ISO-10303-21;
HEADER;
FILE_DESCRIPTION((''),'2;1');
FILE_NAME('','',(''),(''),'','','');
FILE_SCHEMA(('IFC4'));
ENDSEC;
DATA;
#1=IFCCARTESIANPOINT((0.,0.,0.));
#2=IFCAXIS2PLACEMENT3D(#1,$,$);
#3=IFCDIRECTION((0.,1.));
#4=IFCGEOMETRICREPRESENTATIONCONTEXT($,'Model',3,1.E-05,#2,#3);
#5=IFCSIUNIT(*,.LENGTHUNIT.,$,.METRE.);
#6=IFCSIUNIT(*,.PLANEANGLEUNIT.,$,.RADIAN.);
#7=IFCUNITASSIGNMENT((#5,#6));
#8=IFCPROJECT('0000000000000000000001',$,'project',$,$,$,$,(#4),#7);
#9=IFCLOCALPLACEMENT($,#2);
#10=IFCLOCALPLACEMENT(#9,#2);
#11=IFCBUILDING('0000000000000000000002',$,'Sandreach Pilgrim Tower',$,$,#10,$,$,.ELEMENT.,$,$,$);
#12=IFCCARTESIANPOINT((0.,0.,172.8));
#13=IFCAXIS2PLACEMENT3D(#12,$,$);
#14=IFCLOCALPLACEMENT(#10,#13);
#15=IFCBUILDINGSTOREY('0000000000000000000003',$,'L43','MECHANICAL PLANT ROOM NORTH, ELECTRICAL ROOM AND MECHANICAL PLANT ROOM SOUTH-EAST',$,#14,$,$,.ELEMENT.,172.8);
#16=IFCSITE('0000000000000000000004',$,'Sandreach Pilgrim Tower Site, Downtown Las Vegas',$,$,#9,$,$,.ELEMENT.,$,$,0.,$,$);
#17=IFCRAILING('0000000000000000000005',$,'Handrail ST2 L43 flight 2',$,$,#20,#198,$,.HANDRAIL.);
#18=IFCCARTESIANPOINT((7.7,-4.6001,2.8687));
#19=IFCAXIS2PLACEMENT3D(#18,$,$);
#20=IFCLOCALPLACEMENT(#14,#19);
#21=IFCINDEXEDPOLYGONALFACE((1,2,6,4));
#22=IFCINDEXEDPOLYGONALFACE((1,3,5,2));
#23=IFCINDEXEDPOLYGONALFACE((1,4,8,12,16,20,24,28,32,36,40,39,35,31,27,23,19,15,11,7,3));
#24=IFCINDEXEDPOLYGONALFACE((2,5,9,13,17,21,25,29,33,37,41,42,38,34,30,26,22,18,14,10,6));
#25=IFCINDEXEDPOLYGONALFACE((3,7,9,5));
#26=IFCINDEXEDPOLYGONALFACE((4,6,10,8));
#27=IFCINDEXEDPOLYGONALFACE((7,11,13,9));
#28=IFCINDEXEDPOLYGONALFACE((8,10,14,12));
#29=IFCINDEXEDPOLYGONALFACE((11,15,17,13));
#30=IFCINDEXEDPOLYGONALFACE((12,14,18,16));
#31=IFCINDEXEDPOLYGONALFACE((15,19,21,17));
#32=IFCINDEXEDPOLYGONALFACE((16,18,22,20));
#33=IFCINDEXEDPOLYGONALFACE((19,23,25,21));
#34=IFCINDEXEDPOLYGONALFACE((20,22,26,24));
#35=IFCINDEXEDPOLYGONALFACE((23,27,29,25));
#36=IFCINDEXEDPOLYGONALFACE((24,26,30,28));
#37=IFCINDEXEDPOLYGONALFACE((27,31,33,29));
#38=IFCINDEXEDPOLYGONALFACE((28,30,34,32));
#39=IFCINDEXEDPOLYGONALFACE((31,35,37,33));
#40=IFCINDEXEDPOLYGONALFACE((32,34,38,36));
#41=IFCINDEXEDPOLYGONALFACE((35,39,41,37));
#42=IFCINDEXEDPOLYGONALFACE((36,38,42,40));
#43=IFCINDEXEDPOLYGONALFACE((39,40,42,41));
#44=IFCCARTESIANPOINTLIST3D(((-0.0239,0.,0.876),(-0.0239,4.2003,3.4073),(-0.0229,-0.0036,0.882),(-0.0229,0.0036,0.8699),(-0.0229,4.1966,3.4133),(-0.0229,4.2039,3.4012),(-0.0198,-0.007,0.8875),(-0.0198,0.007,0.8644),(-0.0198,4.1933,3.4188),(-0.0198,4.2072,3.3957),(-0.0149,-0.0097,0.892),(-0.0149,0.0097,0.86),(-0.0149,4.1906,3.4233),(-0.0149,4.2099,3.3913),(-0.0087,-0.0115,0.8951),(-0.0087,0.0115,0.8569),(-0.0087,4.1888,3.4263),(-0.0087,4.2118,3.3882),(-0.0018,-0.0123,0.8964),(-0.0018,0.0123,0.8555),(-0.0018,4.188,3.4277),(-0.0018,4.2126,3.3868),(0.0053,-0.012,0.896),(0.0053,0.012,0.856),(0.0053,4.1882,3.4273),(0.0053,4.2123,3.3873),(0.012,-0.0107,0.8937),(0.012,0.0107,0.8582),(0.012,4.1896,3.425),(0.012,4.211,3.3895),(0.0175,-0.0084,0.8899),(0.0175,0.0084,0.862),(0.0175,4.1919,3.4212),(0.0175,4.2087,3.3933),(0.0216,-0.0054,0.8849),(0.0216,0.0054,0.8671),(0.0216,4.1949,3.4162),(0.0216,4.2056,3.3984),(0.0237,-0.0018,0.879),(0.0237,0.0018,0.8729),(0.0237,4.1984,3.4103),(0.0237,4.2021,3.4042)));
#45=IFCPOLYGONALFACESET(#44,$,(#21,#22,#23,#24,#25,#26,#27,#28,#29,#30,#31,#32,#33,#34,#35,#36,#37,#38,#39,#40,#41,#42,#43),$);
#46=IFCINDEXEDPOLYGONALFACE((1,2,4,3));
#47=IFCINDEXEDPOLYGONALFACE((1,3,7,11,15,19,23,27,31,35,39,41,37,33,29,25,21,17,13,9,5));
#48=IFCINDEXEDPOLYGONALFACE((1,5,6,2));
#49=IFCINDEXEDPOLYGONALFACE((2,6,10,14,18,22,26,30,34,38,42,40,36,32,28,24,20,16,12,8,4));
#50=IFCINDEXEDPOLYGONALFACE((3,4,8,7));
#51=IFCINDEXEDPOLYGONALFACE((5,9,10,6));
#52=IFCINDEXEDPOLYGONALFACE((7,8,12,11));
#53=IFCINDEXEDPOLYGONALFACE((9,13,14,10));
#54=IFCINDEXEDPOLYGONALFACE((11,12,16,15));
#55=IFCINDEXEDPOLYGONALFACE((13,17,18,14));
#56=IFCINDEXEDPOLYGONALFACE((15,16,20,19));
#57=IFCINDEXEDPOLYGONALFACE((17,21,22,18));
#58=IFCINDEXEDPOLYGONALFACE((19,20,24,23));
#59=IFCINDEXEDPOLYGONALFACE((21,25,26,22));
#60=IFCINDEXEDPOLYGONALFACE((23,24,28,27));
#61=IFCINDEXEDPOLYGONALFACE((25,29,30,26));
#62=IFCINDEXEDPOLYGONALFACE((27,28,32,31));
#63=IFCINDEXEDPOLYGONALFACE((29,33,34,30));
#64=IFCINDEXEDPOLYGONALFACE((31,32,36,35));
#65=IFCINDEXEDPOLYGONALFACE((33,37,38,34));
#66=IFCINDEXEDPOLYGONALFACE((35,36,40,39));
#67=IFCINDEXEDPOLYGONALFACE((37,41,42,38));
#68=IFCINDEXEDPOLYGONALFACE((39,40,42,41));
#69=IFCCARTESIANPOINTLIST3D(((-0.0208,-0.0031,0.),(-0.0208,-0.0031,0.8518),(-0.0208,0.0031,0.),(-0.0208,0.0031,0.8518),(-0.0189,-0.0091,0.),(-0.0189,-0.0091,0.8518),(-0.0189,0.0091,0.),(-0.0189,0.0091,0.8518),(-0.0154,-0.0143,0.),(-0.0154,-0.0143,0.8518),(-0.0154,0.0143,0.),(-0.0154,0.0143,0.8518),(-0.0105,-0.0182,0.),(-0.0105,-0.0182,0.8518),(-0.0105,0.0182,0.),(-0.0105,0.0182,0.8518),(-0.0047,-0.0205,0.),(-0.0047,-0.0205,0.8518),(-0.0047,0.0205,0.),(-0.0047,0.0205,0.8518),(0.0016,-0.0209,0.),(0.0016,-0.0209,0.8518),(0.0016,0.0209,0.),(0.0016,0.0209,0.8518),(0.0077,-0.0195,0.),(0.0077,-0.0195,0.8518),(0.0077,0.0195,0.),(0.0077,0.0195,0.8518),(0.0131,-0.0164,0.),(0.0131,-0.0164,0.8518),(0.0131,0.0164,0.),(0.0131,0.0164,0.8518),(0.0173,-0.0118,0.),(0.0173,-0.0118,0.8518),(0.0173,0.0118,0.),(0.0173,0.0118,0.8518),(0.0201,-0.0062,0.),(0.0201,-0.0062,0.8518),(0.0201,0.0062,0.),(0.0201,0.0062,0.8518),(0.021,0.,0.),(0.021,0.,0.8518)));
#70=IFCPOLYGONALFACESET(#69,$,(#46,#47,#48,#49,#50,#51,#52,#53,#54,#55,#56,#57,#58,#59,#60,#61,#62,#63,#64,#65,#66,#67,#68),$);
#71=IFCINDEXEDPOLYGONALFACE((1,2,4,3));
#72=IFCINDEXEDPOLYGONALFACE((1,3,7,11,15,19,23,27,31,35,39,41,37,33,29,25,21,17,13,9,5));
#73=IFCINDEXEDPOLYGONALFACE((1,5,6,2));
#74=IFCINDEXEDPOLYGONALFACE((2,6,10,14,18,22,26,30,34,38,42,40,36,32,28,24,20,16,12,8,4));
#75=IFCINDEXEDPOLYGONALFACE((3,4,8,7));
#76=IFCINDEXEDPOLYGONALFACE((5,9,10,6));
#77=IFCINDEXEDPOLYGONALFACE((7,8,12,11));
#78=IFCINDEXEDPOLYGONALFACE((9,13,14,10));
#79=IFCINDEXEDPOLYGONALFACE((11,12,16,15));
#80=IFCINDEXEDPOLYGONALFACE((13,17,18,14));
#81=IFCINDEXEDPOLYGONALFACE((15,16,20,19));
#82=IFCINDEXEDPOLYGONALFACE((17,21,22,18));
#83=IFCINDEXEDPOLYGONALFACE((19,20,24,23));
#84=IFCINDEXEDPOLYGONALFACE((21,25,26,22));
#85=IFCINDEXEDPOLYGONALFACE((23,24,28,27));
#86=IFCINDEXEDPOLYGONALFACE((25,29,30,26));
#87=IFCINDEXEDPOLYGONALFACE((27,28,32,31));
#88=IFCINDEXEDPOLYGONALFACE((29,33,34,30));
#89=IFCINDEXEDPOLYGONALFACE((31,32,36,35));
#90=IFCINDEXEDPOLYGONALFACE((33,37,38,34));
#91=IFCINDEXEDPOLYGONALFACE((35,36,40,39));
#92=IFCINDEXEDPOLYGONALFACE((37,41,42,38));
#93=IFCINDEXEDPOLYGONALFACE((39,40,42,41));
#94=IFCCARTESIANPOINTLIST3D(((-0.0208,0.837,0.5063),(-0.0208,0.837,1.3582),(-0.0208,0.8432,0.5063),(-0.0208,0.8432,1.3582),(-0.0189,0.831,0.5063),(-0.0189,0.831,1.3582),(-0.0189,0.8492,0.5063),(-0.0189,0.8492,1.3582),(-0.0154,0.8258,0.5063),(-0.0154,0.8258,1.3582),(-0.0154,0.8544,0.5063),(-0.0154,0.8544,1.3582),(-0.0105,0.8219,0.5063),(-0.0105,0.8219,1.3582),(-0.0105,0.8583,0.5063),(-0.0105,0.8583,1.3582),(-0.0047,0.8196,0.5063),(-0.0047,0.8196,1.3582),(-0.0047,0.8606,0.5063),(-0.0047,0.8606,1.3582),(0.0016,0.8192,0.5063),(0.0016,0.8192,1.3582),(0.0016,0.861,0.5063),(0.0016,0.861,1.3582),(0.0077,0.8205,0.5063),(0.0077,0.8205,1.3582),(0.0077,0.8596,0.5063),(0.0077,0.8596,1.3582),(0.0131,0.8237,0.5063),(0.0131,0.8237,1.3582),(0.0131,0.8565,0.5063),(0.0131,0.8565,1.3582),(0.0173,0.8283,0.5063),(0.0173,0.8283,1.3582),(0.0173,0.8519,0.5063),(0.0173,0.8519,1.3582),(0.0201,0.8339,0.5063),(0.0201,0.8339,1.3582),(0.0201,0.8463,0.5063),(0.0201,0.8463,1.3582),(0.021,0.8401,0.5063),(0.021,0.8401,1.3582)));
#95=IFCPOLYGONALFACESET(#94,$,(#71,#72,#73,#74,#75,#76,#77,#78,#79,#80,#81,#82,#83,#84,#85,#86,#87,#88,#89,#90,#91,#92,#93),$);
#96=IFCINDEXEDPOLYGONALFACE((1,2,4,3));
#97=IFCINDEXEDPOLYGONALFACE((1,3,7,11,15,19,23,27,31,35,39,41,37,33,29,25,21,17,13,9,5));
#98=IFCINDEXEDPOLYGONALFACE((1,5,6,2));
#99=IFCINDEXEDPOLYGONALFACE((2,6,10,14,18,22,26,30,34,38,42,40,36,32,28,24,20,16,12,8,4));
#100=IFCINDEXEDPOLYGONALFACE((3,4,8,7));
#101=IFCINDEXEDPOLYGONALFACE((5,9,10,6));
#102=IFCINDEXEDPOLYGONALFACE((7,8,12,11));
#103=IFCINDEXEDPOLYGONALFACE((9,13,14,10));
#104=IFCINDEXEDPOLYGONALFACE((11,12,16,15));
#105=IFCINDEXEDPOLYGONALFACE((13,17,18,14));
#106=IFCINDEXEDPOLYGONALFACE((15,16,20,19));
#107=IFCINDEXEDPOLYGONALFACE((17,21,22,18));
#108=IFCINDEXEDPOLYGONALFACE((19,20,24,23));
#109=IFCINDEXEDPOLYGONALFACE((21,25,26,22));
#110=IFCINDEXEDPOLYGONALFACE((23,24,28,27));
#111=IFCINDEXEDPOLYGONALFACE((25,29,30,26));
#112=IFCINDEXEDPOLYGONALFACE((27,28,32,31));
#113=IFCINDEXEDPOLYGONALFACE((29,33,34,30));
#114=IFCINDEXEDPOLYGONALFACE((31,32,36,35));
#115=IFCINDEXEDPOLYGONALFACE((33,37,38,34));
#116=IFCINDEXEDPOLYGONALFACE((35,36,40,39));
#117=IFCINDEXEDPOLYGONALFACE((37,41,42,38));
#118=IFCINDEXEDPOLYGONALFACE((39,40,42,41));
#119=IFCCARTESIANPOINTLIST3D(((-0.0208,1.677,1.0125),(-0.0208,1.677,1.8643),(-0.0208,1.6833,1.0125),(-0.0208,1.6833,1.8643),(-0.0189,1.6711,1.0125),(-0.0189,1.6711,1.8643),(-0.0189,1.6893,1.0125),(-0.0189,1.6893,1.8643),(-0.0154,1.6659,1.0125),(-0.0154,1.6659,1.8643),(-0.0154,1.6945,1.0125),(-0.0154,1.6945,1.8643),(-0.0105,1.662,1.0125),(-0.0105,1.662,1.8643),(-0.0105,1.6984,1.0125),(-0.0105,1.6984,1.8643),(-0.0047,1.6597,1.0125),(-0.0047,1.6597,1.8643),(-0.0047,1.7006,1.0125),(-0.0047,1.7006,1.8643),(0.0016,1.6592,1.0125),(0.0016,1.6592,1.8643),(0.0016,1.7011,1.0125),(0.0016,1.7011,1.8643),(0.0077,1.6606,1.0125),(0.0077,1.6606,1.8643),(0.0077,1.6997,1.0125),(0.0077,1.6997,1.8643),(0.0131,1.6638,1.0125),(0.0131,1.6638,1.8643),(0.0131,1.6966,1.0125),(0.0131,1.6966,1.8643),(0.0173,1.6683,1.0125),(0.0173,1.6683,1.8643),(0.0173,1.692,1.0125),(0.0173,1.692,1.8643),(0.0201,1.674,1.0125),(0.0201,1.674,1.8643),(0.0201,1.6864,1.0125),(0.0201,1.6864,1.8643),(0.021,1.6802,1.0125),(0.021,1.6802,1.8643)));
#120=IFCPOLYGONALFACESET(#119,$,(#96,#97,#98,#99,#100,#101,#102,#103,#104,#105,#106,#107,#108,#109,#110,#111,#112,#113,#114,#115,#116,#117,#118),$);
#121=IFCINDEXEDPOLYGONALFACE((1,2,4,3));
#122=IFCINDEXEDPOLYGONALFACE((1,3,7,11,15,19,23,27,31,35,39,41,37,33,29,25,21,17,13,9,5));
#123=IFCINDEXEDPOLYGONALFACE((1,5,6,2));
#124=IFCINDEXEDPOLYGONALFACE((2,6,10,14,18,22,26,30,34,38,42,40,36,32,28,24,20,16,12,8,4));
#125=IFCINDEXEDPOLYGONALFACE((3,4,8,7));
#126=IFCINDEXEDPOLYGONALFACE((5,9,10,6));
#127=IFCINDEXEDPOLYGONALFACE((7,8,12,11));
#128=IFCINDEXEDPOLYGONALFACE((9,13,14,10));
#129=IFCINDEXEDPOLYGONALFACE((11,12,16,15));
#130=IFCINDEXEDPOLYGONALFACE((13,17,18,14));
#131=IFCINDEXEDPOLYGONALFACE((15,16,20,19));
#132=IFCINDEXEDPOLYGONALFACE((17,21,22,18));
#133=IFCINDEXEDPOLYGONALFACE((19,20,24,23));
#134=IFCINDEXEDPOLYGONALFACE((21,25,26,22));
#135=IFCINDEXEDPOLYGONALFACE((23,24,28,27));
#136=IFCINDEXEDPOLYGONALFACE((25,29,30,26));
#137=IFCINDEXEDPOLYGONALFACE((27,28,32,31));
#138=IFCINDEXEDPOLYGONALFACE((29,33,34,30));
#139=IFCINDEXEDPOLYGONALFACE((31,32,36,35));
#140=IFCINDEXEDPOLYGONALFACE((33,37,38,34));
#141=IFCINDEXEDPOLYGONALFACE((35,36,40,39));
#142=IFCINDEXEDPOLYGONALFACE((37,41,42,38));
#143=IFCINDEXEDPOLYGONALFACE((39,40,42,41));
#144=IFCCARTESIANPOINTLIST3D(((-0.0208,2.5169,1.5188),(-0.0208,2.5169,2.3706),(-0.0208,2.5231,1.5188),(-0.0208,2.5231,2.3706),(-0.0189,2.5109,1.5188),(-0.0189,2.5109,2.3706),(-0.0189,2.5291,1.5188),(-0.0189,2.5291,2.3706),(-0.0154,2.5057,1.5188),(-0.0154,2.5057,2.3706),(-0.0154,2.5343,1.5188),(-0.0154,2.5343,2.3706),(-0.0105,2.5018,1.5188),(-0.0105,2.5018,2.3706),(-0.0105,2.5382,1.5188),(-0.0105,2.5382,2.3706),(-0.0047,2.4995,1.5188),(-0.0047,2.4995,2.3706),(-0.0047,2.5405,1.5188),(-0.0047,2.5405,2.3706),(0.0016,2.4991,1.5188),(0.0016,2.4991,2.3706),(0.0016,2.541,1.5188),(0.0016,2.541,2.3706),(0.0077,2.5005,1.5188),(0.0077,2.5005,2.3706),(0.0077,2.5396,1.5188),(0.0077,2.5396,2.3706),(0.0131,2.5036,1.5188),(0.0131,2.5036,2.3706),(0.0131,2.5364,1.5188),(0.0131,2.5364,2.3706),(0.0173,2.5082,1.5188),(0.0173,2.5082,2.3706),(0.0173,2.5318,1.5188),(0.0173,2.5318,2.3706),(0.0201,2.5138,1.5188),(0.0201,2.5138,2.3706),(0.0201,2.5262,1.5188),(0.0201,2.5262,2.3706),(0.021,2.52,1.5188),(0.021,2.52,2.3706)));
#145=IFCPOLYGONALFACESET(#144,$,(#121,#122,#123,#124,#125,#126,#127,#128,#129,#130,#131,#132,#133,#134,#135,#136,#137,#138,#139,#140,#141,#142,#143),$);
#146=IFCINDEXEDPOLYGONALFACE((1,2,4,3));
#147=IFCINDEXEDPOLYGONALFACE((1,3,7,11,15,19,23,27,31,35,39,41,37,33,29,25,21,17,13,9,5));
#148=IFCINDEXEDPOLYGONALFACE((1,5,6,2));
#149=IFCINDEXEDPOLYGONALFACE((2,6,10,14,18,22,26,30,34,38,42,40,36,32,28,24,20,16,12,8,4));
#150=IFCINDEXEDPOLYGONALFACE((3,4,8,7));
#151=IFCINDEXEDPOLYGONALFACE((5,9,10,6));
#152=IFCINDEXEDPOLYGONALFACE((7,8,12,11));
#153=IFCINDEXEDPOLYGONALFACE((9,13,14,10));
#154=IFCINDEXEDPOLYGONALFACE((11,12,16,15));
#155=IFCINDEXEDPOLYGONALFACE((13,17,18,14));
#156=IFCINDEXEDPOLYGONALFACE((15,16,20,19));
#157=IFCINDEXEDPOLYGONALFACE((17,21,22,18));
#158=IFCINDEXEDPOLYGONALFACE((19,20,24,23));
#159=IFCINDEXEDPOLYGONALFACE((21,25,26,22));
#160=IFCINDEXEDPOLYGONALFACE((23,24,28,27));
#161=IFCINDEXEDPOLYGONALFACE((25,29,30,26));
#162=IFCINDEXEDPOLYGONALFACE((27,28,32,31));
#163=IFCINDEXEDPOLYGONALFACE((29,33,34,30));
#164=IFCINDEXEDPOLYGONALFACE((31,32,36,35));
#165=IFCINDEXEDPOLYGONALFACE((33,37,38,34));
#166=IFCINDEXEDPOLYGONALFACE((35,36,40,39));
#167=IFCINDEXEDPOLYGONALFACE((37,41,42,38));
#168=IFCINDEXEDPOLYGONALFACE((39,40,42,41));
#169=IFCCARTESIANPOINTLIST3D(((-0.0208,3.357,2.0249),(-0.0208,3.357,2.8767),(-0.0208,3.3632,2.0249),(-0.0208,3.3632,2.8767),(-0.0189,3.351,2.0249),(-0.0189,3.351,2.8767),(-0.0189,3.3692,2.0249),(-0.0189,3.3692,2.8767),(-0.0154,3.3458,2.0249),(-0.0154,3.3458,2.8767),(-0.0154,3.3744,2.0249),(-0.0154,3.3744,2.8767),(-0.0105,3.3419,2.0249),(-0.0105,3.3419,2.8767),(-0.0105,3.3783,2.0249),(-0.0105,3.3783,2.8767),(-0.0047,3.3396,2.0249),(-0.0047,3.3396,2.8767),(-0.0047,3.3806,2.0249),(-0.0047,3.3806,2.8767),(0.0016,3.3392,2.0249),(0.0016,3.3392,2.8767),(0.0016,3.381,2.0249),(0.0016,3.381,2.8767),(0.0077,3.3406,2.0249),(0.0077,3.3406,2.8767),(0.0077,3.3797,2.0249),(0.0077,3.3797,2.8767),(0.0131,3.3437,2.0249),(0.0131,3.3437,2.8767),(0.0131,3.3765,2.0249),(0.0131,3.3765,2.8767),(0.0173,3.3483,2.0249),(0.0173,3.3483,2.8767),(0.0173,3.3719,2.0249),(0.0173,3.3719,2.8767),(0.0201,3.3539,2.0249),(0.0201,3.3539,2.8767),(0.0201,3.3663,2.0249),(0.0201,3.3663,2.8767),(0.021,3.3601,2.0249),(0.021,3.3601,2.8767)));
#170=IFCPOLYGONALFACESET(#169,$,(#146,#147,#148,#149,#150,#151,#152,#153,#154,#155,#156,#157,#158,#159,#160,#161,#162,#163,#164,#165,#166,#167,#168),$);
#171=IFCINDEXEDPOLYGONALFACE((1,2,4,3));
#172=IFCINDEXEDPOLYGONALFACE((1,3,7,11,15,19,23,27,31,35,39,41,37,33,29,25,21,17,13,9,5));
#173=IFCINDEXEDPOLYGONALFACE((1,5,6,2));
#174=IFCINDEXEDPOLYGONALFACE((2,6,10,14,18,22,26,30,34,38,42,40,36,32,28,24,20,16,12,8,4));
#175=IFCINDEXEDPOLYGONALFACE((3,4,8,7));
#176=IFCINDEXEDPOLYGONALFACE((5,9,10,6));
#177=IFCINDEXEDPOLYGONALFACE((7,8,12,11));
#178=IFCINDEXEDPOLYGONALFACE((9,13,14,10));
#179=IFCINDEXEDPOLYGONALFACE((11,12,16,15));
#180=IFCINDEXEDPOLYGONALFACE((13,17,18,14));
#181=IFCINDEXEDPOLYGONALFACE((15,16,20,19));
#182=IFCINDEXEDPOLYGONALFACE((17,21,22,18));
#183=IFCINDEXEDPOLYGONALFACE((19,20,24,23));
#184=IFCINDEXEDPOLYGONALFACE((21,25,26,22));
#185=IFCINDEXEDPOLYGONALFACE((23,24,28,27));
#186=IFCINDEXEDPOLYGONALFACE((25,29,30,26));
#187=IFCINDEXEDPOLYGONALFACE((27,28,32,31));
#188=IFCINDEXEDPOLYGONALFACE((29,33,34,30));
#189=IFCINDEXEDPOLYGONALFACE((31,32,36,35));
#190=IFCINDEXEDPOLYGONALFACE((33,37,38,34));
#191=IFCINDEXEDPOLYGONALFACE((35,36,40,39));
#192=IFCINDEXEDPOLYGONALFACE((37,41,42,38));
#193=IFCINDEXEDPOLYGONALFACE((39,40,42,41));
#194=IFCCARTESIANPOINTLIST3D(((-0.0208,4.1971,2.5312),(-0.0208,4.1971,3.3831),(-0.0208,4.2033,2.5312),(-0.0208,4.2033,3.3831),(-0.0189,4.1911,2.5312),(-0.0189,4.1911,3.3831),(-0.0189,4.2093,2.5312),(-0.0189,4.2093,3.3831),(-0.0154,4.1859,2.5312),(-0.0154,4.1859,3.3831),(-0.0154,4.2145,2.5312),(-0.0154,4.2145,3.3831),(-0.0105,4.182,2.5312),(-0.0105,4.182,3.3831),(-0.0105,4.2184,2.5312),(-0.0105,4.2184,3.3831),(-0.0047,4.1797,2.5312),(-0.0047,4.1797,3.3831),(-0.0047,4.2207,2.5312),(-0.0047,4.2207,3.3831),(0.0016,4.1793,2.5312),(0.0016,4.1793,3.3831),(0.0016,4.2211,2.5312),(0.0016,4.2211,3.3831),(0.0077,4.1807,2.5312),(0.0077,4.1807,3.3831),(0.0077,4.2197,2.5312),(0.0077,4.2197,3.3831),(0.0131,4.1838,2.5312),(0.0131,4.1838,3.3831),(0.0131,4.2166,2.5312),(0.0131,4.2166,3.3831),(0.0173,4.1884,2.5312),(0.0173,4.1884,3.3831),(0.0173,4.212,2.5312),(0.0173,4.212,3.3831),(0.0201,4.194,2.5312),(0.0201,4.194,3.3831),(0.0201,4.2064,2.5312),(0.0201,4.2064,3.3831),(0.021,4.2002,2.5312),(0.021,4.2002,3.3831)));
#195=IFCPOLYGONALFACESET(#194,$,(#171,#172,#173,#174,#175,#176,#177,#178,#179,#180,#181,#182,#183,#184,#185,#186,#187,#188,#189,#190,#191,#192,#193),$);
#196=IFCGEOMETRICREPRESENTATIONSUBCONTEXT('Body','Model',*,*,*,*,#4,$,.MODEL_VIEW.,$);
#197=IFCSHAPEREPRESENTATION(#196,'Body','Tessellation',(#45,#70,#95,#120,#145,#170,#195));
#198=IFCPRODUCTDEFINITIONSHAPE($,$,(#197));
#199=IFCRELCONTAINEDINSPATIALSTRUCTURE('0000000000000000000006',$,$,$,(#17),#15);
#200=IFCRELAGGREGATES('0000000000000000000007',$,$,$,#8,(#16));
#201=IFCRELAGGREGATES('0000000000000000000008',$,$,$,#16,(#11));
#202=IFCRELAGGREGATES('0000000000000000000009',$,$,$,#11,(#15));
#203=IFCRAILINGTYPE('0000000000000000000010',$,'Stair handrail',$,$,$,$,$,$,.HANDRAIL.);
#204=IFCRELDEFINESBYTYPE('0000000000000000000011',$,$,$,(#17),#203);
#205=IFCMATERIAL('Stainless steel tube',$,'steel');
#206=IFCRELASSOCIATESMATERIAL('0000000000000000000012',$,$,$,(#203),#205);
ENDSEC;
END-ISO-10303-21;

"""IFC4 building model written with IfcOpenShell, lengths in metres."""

from ifc_helpers import new_model, si_unit, direction, frame, origin, origin_2d, place, context, subcontext, project, spatial, circle, extrude, material, type_object, element, save


model = new_model("IFC4")

# Units and contexts
model_context = context("Model", 3, precision=1e-05, world=origin(), true_north=direction((0.0, 1.0)))
body_context = subcontext(model_context, "Body", "Model", "MODEL_VIEW")
ifc_project = project(units=[si_unit("LENGTHUNIT", "METRE"), si_unit("PLANEANGLEUNIT", "RADIAN")], contexts=[model_context])

# Site, building, storey
site_placement = place(None, origin())
site = spatial("IfcSite", under=ifc_project, at=site_placement, Name="Sandreach Pilgrim Tower Site, Downtown Las Vegas", CompositionType="ELEMENT", RefElevation=0.0)
building_placement = place(site_placement, origin())
building = spatial("IfcBuilding", under=site, at=building_placement, Name="Sandreach Pilgrim Tower", CompositionType="ELEMENT")
storey_placement = place(building_placement, frame((0.0, 0.0, 172.8)))
storey = spatial("IfcBuildingStorey", under=building, at=storey_placement, Name="L43", Description="MECHANICAL PLANT ROOM NORTH, ELECTRICAL ROOM AND MECHANICAL PLANT ROOM SOUTH-EAST", CompositionType="ELEMENT", Elevation=172.8)

# Railing
ifc_material_1 = material(Name="Stainless steel tube", Category="steel")
railing_type = type_object("IfcRailingType", Name="Stair handrail", PredefinedType="HANDRAIL", material=ifc_material_1)
for number, where, name in (
    (1, (7.7, -4.6001, 2.8687), "Handrail ST2 L43 flight 2"),
):
    element("IfcRailing", number, at=place(storey_placement, frame(where)), inside=storey, type_object=railing_type, Name=name, PredefinedType="HANDRAIL", context=body_context, shape_type="SweptSolid", body=[
        extrude(circle(Radius=0.0239, at=origin_2d()), frame((0.0, 0.0, 0.876), z_axis=(0.0, 0.85649, 0.516164), x_axis=(-1.0, 0.0, 0.0)), (0.0, 0.0, 1.0), 4.9041),
        extrude(circle(Radius=0.021, at=origin_2d()), origin(), (0.0, 0.0, 1.0), 0.8518),
        extrude(circle(Radius=0.021, at=origin_2d()), frame((0.0, 0.8401, 0.5063)), (0.0, 0.0, 1.0), 0.8518),
        extrude(circle(Radius=0.021, at=origin_2d()), frame((0.0, 1.6802, 1.0125)), (0.0, 0.0, 1.0), 0.8518),
        extrude(circle(Radius=0.021, at=origin_2d()), frame((0.0, 2.52, 1.5188)), (0.0, 0.0, 1.0), 0.8518),
        extrude(circle(Radius=0.021, at=origin_2d()), frame((0.0, 3.3601, 2.0249)), (0.0, 0.0, 1.0), 0.8518),
        extrude(circle(Radius=0.021, at=origin_2d()), frame((0.0, 4.2002, 2.5312)), (0.0, 0.0, 1.0), 0.8518),
    ])

save(model, "model.ifc")
